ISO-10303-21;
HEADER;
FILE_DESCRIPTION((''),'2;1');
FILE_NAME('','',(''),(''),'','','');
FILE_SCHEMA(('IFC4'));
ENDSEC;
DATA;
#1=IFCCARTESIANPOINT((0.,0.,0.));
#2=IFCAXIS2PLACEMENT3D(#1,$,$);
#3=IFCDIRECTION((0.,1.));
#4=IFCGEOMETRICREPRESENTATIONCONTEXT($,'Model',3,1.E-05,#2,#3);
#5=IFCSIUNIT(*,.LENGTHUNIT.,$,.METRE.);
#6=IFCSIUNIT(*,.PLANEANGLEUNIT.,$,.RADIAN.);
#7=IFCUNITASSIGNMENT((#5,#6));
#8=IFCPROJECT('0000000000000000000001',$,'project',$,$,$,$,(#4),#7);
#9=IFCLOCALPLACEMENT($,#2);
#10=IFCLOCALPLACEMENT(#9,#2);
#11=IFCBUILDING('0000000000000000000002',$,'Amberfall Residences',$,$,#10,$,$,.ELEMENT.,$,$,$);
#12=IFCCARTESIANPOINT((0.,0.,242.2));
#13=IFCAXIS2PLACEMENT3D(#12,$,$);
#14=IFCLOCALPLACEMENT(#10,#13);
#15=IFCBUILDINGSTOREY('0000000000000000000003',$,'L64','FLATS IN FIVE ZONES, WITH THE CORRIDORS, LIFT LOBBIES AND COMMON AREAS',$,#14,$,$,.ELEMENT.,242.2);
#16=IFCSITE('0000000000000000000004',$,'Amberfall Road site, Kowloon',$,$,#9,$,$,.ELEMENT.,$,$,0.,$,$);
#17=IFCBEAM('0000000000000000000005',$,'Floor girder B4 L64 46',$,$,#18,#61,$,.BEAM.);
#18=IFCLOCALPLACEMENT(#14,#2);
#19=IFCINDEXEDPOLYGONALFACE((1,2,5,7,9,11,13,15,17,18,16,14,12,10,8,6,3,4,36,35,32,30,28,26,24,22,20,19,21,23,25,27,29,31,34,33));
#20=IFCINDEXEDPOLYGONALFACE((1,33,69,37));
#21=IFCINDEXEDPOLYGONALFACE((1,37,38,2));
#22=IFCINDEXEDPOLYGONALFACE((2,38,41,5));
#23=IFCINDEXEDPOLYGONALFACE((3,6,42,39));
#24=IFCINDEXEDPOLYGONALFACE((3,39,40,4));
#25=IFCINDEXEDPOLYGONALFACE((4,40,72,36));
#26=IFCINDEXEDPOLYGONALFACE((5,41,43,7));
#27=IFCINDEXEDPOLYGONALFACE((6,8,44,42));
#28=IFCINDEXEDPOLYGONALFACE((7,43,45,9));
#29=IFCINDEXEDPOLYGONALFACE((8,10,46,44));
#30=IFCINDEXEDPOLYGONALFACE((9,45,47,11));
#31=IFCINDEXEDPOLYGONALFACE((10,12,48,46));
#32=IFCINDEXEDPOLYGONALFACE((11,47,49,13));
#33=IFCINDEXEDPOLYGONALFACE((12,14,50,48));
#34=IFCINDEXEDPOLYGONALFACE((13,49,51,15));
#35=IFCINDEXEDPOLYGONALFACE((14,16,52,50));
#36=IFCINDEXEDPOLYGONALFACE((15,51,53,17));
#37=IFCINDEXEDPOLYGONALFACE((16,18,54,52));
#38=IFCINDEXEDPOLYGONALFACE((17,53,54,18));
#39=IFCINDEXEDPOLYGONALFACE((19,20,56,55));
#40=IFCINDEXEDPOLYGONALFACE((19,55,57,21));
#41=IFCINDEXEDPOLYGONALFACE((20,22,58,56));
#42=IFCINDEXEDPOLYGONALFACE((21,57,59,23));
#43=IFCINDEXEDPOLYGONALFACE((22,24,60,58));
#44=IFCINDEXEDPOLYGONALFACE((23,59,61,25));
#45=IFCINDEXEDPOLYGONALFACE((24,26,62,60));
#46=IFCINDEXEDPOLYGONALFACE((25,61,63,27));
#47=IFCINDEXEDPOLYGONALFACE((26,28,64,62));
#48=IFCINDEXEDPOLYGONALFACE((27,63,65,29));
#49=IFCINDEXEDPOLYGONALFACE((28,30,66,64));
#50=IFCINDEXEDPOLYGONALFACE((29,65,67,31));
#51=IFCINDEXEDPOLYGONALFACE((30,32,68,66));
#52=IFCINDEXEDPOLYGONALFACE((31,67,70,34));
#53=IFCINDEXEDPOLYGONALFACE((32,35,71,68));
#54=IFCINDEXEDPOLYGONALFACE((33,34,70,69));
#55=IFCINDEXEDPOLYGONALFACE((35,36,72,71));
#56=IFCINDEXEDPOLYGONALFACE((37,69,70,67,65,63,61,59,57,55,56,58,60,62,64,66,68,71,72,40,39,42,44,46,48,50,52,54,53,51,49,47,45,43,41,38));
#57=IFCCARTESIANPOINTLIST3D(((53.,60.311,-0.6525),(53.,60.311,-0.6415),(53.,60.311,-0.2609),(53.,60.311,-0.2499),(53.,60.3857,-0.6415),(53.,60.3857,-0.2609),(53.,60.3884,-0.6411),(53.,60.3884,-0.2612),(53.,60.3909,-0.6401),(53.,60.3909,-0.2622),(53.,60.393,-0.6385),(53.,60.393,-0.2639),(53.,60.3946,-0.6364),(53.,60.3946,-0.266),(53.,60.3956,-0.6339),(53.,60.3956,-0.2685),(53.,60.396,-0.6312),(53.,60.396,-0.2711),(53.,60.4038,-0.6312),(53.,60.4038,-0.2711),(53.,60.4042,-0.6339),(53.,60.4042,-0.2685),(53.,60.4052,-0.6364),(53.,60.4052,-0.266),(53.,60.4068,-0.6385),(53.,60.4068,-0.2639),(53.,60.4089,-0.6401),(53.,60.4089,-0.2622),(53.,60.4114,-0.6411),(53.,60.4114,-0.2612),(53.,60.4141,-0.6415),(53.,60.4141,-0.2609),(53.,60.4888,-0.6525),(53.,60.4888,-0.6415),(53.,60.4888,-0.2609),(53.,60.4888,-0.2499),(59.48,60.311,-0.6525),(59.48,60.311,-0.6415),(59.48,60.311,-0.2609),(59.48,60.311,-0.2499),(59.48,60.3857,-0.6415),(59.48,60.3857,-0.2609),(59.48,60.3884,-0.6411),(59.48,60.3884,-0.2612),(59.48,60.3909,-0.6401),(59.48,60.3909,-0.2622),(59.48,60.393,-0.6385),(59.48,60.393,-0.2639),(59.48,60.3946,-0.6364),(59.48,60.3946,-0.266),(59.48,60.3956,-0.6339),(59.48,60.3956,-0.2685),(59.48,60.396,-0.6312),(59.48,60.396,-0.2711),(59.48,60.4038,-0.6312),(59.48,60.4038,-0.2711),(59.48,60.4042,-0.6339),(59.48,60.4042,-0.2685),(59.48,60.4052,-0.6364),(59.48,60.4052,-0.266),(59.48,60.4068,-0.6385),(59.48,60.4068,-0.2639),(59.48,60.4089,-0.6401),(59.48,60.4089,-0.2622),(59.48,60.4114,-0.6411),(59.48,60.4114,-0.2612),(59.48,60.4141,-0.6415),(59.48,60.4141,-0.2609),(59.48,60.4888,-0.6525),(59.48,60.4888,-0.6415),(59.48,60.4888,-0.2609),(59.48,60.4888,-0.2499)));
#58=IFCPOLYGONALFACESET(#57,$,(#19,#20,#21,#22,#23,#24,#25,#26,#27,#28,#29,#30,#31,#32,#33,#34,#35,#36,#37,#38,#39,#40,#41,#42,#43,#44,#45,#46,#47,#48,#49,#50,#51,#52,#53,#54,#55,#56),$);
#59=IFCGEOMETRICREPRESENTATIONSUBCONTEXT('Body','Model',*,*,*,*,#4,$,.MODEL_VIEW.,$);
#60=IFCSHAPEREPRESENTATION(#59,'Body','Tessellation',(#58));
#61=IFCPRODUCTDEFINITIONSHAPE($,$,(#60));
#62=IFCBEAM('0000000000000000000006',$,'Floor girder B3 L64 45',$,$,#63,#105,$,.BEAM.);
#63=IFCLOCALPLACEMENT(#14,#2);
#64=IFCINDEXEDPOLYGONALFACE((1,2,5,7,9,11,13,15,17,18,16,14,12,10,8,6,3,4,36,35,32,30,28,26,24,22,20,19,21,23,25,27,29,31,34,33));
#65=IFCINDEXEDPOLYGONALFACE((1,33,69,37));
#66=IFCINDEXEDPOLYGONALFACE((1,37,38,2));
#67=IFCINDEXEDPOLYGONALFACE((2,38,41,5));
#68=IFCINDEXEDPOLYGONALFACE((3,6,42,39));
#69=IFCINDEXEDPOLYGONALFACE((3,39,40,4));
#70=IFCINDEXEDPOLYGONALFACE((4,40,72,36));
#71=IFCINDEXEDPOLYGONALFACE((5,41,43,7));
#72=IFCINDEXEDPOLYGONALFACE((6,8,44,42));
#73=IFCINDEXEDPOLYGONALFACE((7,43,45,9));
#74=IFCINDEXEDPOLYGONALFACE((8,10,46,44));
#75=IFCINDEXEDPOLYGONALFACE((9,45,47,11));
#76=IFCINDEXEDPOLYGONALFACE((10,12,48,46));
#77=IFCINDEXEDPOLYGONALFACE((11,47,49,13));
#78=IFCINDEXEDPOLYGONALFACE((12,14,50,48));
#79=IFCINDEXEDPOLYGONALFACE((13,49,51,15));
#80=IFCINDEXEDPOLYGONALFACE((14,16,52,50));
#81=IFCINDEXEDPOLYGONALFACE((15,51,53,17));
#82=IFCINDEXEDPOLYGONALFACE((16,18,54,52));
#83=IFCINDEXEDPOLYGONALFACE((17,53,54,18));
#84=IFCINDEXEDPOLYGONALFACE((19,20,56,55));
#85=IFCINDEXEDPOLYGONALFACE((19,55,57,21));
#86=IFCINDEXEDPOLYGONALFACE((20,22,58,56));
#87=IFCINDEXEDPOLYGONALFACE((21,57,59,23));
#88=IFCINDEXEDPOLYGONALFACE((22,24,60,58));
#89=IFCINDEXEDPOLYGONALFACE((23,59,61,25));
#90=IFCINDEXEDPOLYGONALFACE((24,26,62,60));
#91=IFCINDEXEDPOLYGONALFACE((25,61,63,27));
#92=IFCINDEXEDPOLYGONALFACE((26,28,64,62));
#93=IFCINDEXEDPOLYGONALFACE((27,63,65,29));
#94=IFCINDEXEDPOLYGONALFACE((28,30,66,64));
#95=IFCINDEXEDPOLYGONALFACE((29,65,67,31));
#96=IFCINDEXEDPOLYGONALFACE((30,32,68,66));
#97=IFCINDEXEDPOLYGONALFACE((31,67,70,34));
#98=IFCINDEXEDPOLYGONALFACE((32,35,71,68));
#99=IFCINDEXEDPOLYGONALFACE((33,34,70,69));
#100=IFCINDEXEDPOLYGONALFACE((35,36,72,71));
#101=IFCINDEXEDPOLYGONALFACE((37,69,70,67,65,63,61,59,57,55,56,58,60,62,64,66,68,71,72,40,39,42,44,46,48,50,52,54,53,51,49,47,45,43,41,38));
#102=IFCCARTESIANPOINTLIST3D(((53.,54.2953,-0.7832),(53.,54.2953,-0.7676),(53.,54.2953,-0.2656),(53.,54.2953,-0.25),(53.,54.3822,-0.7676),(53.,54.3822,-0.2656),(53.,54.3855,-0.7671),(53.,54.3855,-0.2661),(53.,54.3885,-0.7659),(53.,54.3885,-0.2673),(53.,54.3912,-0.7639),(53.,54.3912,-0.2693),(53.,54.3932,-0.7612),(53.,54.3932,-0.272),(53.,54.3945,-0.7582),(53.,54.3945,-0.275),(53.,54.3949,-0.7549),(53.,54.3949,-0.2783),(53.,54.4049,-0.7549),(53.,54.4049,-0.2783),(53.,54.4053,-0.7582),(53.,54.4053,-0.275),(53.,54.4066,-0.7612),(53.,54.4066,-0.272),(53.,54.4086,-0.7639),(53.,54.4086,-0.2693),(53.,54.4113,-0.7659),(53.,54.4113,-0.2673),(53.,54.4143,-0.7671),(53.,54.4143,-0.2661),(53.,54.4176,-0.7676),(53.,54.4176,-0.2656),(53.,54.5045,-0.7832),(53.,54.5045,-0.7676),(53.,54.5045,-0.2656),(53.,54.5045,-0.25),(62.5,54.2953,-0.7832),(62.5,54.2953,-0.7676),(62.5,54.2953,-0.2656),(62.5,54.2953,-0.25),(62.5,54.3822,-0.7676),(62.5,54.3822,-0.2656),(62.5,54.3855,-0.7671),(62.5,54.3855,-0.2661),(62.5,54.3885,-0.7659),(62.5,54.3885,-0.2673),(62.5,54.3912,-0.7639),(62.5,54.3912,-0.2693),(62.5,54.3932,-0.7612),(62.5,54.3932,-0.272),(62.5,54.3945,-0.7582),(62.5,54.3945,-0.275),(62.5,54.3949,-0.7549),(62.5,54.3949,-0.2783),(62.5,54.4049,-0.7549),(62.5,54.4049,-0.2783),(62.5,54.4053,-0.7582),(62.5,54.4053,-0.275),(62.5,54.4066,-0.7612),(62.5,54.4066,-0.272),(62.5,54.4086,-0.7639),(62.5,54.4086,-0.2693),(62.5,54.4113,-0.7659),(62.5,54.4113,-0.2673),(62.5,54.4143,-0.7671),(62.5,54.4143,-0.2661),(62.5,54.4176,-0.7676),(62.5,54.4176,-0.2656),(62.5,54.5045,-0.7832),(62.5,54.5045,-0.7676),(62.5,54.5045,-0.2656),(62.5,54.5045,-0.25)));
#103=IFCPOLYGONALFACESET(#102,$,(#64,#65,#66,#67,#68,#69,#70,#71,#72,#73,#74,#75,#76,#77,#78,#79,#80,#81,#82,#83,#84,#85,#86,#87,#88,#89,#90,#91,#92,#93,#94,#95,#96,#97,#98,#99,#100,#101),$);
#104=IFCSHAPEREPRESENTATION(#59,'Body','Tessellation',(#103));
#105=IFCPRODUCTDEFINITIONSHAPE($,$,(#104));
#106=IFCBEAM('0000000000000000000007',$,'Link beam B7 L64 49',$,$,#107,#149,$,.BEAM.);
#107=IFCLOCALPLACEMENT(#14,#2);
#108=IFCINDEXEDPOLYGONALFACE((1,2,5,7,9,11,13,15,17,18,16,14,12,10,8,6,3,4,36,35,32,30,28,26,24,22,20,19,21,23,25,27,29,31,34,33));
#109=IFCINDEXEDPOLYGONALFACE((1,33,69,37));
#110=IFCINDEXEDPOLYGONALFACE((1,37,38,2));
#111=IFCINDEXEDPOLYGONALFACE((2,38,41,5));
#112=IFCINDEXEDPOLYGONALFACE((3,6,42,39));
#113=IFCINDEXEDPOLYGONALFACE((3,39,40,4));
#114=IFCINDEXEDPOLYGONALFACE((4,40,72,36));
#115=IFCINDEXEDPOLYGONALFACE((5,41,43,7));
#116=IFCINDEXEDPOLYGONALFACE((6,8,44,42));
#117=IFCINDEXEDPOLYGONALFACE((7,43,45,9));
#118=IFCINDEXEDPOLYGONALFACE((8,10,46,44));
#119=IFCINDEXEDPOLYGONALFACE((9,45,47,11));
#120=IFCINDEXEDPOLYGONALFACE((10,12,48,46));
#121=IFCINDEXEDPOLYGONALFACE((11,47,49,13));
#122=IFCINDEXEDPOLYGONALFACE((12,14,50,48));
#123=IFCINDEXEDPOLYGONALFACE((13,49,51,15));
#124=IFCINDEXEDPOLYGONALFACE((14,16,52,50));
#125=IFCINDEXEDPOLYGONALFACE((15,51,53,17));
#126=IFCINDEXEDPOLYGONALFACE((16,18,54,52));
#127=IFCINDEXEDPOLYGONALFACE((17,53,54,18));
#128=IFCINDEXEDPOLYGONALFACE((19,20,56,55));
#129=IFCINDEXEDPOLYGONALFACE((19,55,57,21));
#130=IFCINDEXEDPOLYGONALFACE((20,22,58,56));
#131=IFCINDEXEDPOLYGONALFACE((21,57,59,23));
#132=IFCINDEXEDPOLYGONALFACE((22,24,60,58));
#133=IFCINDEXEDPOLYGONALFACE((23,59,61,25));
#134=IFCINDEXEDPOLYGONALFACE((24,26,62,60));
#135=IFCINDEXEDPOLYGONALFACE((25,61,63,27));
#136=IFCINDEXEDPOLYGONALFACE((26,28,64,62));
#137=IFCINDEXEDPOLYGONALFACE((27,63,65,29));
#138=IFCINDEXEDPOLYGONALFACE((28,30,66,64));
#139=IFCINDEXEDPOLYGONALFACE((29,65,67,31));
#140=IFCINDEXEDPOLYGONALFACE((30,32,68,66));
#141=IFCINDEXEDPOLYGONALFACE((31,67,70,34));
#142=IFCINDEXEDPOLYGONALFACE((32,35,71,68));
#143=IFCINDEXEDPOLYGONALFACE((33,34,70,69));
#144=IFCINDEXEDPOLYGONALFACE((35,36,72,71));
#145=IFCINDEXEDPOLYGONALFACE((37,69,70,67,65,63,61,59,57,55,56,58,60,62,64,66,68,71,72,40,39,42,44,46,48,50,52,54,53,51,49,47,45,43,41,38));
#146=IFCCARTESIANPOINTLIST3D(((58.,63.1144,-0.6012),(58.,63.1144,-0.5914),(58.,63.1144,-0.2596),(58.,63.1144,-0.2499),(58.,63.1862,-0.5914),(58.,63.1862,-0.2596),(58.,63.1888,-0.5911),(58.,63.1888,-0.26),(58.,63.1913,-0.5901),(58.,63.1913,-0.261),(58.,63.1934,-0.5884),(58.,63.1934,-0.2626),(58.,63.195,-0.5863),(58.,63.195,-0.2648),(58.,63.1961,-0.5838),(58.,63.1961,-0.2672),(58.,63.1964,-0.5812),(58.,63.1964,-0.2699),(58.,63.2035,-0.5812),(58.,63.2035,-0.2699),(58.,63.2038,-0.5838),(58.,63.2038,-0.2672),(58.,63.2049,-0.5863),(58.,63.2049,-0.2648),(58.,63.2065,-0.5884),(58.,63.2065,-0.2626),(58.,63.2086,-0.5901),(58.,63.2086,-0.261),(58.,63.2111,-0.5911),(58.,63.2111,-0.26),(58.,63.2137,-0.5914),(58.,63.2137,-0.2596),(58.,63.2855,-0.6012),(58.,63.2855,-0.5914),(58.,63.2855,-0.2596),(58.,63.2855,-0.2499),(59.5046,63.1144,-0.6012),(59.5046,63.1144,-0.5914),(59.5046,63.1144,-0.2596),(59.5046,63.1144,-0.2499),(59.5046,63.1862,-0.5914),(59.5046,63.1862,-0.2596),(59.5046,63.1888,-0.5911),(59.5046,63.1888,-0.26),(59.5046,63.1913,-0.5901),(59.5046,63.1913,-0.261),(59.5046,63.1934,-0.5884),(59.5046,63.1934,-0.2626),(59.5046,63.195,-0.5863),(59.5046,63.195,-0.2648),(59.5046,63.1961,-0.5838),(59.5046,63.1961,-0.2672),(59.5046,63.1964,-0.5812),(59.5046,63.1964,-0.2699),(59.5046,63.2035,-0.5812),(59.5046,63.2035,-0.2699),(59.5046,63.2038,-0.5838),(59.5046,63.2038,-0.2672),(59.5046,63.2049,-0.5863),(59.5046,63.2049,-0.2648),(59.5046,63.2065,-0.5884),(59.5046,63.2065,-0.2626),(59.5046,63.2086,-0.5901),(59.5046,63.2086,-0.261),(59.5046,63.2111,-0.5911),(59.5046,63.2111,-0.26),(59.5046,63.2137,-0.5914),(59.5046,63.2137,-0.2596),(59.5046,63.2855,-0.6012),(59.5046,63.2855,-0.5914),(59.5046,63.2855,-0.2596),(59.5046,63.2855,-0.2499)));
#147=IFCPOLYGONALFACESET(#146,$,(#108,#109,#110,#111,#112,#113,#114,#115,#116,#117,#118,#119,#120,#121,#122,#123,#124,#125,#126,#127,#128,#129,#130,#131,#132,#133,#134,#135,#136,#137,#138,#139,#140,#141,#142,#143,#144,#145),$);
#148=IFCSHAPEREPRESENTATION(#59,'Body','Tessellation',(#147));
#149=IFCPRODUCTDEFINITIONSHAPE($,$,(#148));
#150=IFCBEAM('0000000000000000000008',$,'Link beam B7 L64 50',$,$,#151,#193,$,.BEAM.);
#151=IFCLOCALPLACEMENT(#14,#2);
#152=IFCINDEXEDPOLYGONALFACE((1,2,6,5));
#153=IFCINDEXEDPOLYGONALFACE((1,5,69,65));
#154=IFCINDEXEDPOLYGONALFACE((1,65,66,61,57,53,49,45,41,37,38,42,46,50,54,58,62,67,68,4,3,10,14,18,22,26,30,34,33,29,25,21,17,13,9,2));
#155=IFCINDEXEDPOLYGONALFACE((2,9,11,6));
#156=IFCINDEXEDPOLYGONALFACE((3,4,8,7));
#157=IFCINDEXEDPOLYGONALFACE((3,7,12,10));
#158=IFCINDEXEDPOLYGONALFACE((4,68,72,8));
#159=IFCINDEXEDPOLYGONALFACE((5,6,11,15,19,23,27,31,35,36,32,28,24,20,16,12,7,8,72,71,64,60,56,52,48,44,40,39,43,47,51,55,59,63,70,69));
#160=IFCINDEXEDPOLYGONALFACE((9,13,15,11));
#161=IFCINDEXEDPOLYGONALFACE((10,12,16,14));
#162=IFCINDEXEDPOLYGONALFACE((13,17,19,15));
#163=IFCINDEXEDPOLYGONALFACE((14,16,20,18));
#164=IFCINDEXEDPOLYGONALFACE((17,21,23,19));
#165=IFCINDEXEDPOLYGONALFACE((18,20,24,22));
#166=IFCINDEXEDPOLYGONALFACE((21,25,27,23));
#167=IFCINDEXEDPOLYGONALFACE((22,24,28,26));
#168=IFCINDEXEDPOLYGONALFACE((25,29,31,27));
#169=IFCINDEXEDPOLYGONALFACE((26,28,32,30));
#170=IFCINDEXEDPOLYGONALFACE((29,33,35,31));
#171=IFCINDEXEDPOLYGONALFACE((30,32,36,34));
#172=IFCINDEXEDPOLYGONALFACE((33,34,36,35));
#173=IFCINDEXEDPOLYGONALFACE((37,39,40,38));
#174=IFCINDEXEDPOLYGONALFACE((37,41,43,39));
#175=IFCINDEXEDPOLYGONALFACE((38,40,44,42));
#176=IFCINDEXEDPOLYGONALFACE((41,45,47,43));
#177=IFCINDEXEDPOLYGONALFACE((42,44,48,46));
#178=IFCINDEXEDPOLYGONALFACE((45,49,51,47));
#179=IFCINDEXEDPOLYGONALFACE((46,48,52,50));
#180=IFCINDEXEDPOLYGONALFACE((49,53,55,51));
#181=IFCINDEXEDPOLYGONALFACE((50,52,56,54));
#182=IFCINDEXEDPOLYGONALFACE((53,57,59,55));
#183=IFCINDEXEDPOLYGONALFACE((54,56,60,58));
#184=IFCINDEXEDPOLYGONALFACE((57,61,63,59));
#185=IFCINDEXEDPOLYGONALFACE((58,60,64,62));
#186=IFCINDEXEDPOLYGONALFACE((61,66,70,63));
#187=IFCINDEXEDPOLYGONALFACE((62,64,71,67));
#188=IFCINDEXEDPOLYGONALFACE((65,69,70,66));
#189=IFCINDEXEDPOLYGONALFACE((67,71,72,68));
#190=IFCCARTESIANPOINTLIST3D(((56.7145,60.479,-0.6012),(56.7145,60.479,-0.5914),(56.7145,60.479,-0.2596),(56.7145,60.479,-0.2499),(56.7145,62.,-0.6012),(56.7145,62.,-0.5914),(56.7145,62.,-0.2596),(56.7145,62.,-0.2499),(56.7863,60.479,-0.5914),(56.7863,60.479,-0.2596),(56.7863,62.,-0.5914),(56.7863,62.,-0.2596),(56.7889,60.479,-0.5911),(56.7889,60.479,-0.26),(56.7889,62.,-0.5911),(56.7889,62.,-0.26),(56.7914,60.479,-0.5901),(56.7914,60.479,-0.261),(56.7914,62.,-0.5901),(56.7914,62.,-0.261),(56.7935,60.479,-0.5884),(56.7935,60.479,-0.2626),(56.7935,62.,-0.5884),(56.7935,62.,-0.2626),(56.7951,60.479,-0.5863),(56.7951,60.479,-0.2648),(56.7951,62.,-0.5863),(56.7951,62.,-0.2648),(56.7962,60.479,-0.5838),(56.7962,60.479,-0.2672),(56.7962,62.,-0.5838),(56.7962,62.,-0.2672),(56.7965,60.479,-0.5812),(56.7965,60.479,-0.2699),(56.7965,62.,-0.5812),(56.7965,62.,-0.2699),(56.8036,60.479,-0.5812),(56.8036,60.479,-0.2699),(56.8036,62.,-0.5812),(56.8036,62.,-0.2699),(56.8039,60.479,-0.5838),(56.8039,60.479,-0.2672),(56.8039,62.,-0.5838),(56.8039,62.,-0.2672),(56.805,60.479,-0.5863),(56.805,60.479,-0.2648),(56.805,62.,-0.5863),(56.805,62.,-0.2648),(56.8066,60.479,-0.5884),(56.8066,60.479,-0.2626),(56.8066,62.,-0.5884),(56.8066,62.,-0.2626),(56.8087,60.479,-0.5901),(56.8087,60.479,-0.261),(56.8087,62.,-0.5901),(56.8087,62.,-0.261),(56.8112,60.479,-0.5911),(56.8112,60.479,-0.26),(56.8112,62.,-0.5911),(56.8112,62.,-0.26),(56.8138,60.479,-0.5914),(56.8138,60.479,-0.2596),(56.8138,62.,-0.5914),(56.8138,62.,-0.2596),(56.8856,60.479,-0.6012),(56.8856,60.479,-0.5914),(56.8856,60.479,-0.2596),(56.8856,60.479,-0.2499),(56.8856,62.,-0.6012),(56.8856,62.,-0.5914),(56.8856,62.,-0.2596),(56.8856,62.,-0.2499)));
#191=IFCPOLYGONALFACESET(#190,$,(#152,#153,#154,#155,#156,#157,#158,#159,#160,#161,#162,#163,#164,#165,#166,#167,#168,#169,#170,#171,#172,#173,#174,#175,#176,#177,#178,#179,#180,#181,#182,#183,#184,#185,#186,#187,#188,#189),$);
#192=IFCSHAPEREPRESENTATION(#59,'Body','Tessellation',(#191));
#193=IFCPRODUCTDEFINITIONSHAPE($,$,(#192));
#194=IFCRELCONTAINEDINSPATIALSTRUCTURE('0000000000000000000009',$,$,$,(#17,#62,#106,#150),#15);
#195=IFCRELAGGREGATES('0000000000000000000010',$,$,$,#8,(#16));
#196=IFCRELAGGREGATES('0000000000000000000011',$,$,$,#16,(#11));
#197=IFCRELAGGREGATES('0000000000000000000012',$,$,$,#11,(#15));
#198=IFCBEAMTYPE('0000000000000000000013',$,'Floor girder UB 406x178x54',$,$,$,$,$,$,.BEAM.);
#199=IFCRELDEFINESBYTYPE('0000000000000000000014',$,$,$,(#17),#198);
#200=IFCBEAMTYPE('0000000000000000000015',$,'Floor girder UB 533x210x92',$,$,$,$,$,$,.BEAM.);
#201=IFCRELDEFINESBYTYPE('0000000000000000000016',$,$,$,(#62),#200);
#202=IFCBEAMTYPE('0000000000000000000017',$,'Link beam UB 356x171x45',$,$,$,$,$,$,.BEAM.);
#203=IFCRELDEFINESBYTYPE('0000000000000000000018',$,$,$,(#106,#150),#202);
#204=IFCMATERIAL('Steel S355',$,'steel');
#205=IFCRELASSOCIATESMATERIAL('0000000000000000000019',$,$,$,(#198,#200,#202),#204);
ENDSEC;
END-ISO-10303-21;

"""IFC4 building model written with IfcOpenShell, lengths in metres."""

from ifc_helpers import new_model, si_unit, direction, frame, origin, origin_2d, place, context, subcontext, project, spatial, i_section, extrude, material, material_profile, profile_set, type_object, element, save


model = new_model("IFC4")

# Units and contexts
model_context = context("Model", 3, precision=1e-05, world=origin(), true_north=direction((0.0, 1.0)))
body_context = subcontext(model_context, "Body", "Model", "MODEL_VIEW")
ifc_project = project(units=[si_unit("LENGTHUNIT", "METRE"), si_unit("PLANEANGLEUNIT", "RADIAN")], contexts=[model_context])

# Site, building, storey
site_placement = place(None, origin())
site = spatial("IfcSite", under=ifc_project, at=site_placement, Name="Amberfall Road site, Kowloon", CompositionType="ELEMENT", RefElevation=0.0)
building_placement = place(site_placement, origin())
building = spatial("IfcBuilding", under=site, at=building_placement, Name="Amberfall Residences", CompositionType="ELEMENT")
storey_placement = place(building_placement, frame((0.0, 0.0, 242.2)))
storey = spatial("IfcBuildingStorey", under=building, at=storey_placement, Name="L64", Description="FLATS IN FIVE ZONES, WITH THE CORRIDORS, LIFT LOBBIES AND COMMON AREAS", CompositionType="ELEMENT", Elevation=242.2)

# Shared definitions
ifc_material_1 = material(Name="Steel S355", Category="steel")

# Beams
ifc_material_profile_1 = material_profile(ifc_material_1, i_section(OverallWidth=0.1777, OverallDepth=0.4026, WebThickness=0.0078, FlangeThickness=0.011, FilletRadius=0.0103, at=origin_2d()), Name="UB 406x178x54")
ifc_profile_set_1 = profile_set([ifc_material_profile_1], Name="Steel S355")
beam_type_1 = type_object("IfcBeamType", Name="Floor girder UB 406x178x54", PredefinedType="BEAM", material=ifc_profile_set_1)
beam_1_placement = place(storey_placement, frame((53.0, 60.3999, -0.4512), z_axis=(1.0, 0.0, 0.0), x_axis=(0.0, 1.0, 0.0)))
element("IfcBeam", 1, at=beam_1_placement, inside=storey, type_object=beam_type_1, Name="Floor girder B4 L64 46", PredefinedType="BEAM", context=body_context, shape_type="SweptSolid", body=[
    extrude(i_section(OverallWidth=0.1777, OverallDepth=0.4026, WebThickness=0.0078, FlangeThickness=0.011, FilletRadius=0.0103, at=origin_2d()), origin(), (0.0, 0.0, 1.0), 6.48),
])
ifc_material_profile_2 = material_profile(ifc_material_1, i_section(OverallWidth=0.2092, OverallDepth=0.5332, WebThickness=0.01, FlangeThickness=0.0156, FilletRadius=0.0127, at=origin_2d()), Name="UB 533x210x92")
ifc_profile_set_2 = profile_set([ifc_material_profile_2], Name="Steel S355")
beam_type_2 = type_object("IfcBeamType", Name="Floor girder UB 533x210x92", PredefinedType="BEAM", material=ifc_profile_set_2)
beam_2_placement = place(storey_placement, frame((53.0, 54.3999, -0.5166), z_axis=(1.0, 0.0, 0.0), x_axis=(0.0, 1.0, 0.0)))
element("IfcBeam", 2, at=beam_2_placement, inside=storey, type_object=beam_type_2, Name="Floor girder B3 L64 45", PredefinedType="BEAM", context=body_context, shape_type="SweptSolid", body=[
    extrude(i_section(OverallWidth=0.2092, OverallDepth=0.5332, WebThickness=0.01, FlangeThickness=0.0156, FilletRadius=0.0127, at=origin_2d()), origin(), (0.0, 0.0, 1.0), 9.5),
])
ifc_material_profile_3 = material_profile(ifc_material_1, i_section(OverallWidth=0.1711, OverallDepth=0.3513, WebThickness=0.0071, FlangeThickness=0.0098, FilletRadius=0.0103, at=origin_2d()), Name="UB 356x171x45")
ifc_profile_set_3 = profile_set([ifc_material_profile_3], Name="Steel S355")
beam_type_3 = type_object("IfcBeamType", Name="Link beam UB 356x171x45", PredefinedType="BEAM", material=ifc_profile_set_3)
beam_3_placement = place(storey_placement, frame((58.0, 63.2, -0.4255), z_axis=(1.0, 0.0, 0.0), x_axis=(0.0, 1.0, 0.0)))
element("IfcBeam", 3, at=beam_3_placement, inside=storey, type_object=beam_type_3, Name="Link beam B7 L64 49", PredefinedType="BEAM", context=body_context, shape_type="SweptSolid", body=[
    extrude(i_section(OverallWidth=0.1711, OverallDepth=0.3513, WebThickness=0.0071, FlangeThickness=0.0098, FilletRadius=0.0103, at=origin_2d()), origin(), (0.0, 0.0, 1.0), 1.5046),
])
beam_4_placement = place(storey_placement, frame((56.8, 62.0, -0.4255), z_axis=(0.0, -1.0, 0.0), x_axis=(1.0, 0.0, 0.0)))
element("IfcBeam", 4, at=beam_4_placement, inside=storey, type_object=beam_type_3, Name="Link beam B7 L64 50", PredefinedType="BEAM", context=body_context, shape_type="SweptSolid", body=[
    extrude(i_section(OverallWidth=0.1711, OverallDepth=0.3513, WebThickness=0.0071, FlangeThickness=0.0098, FilletRadius=0.0103, at=origin_2d()), origin(), (0.0, 0.0, 1.0), 1.521),
])

save(model, "model.ifc")
